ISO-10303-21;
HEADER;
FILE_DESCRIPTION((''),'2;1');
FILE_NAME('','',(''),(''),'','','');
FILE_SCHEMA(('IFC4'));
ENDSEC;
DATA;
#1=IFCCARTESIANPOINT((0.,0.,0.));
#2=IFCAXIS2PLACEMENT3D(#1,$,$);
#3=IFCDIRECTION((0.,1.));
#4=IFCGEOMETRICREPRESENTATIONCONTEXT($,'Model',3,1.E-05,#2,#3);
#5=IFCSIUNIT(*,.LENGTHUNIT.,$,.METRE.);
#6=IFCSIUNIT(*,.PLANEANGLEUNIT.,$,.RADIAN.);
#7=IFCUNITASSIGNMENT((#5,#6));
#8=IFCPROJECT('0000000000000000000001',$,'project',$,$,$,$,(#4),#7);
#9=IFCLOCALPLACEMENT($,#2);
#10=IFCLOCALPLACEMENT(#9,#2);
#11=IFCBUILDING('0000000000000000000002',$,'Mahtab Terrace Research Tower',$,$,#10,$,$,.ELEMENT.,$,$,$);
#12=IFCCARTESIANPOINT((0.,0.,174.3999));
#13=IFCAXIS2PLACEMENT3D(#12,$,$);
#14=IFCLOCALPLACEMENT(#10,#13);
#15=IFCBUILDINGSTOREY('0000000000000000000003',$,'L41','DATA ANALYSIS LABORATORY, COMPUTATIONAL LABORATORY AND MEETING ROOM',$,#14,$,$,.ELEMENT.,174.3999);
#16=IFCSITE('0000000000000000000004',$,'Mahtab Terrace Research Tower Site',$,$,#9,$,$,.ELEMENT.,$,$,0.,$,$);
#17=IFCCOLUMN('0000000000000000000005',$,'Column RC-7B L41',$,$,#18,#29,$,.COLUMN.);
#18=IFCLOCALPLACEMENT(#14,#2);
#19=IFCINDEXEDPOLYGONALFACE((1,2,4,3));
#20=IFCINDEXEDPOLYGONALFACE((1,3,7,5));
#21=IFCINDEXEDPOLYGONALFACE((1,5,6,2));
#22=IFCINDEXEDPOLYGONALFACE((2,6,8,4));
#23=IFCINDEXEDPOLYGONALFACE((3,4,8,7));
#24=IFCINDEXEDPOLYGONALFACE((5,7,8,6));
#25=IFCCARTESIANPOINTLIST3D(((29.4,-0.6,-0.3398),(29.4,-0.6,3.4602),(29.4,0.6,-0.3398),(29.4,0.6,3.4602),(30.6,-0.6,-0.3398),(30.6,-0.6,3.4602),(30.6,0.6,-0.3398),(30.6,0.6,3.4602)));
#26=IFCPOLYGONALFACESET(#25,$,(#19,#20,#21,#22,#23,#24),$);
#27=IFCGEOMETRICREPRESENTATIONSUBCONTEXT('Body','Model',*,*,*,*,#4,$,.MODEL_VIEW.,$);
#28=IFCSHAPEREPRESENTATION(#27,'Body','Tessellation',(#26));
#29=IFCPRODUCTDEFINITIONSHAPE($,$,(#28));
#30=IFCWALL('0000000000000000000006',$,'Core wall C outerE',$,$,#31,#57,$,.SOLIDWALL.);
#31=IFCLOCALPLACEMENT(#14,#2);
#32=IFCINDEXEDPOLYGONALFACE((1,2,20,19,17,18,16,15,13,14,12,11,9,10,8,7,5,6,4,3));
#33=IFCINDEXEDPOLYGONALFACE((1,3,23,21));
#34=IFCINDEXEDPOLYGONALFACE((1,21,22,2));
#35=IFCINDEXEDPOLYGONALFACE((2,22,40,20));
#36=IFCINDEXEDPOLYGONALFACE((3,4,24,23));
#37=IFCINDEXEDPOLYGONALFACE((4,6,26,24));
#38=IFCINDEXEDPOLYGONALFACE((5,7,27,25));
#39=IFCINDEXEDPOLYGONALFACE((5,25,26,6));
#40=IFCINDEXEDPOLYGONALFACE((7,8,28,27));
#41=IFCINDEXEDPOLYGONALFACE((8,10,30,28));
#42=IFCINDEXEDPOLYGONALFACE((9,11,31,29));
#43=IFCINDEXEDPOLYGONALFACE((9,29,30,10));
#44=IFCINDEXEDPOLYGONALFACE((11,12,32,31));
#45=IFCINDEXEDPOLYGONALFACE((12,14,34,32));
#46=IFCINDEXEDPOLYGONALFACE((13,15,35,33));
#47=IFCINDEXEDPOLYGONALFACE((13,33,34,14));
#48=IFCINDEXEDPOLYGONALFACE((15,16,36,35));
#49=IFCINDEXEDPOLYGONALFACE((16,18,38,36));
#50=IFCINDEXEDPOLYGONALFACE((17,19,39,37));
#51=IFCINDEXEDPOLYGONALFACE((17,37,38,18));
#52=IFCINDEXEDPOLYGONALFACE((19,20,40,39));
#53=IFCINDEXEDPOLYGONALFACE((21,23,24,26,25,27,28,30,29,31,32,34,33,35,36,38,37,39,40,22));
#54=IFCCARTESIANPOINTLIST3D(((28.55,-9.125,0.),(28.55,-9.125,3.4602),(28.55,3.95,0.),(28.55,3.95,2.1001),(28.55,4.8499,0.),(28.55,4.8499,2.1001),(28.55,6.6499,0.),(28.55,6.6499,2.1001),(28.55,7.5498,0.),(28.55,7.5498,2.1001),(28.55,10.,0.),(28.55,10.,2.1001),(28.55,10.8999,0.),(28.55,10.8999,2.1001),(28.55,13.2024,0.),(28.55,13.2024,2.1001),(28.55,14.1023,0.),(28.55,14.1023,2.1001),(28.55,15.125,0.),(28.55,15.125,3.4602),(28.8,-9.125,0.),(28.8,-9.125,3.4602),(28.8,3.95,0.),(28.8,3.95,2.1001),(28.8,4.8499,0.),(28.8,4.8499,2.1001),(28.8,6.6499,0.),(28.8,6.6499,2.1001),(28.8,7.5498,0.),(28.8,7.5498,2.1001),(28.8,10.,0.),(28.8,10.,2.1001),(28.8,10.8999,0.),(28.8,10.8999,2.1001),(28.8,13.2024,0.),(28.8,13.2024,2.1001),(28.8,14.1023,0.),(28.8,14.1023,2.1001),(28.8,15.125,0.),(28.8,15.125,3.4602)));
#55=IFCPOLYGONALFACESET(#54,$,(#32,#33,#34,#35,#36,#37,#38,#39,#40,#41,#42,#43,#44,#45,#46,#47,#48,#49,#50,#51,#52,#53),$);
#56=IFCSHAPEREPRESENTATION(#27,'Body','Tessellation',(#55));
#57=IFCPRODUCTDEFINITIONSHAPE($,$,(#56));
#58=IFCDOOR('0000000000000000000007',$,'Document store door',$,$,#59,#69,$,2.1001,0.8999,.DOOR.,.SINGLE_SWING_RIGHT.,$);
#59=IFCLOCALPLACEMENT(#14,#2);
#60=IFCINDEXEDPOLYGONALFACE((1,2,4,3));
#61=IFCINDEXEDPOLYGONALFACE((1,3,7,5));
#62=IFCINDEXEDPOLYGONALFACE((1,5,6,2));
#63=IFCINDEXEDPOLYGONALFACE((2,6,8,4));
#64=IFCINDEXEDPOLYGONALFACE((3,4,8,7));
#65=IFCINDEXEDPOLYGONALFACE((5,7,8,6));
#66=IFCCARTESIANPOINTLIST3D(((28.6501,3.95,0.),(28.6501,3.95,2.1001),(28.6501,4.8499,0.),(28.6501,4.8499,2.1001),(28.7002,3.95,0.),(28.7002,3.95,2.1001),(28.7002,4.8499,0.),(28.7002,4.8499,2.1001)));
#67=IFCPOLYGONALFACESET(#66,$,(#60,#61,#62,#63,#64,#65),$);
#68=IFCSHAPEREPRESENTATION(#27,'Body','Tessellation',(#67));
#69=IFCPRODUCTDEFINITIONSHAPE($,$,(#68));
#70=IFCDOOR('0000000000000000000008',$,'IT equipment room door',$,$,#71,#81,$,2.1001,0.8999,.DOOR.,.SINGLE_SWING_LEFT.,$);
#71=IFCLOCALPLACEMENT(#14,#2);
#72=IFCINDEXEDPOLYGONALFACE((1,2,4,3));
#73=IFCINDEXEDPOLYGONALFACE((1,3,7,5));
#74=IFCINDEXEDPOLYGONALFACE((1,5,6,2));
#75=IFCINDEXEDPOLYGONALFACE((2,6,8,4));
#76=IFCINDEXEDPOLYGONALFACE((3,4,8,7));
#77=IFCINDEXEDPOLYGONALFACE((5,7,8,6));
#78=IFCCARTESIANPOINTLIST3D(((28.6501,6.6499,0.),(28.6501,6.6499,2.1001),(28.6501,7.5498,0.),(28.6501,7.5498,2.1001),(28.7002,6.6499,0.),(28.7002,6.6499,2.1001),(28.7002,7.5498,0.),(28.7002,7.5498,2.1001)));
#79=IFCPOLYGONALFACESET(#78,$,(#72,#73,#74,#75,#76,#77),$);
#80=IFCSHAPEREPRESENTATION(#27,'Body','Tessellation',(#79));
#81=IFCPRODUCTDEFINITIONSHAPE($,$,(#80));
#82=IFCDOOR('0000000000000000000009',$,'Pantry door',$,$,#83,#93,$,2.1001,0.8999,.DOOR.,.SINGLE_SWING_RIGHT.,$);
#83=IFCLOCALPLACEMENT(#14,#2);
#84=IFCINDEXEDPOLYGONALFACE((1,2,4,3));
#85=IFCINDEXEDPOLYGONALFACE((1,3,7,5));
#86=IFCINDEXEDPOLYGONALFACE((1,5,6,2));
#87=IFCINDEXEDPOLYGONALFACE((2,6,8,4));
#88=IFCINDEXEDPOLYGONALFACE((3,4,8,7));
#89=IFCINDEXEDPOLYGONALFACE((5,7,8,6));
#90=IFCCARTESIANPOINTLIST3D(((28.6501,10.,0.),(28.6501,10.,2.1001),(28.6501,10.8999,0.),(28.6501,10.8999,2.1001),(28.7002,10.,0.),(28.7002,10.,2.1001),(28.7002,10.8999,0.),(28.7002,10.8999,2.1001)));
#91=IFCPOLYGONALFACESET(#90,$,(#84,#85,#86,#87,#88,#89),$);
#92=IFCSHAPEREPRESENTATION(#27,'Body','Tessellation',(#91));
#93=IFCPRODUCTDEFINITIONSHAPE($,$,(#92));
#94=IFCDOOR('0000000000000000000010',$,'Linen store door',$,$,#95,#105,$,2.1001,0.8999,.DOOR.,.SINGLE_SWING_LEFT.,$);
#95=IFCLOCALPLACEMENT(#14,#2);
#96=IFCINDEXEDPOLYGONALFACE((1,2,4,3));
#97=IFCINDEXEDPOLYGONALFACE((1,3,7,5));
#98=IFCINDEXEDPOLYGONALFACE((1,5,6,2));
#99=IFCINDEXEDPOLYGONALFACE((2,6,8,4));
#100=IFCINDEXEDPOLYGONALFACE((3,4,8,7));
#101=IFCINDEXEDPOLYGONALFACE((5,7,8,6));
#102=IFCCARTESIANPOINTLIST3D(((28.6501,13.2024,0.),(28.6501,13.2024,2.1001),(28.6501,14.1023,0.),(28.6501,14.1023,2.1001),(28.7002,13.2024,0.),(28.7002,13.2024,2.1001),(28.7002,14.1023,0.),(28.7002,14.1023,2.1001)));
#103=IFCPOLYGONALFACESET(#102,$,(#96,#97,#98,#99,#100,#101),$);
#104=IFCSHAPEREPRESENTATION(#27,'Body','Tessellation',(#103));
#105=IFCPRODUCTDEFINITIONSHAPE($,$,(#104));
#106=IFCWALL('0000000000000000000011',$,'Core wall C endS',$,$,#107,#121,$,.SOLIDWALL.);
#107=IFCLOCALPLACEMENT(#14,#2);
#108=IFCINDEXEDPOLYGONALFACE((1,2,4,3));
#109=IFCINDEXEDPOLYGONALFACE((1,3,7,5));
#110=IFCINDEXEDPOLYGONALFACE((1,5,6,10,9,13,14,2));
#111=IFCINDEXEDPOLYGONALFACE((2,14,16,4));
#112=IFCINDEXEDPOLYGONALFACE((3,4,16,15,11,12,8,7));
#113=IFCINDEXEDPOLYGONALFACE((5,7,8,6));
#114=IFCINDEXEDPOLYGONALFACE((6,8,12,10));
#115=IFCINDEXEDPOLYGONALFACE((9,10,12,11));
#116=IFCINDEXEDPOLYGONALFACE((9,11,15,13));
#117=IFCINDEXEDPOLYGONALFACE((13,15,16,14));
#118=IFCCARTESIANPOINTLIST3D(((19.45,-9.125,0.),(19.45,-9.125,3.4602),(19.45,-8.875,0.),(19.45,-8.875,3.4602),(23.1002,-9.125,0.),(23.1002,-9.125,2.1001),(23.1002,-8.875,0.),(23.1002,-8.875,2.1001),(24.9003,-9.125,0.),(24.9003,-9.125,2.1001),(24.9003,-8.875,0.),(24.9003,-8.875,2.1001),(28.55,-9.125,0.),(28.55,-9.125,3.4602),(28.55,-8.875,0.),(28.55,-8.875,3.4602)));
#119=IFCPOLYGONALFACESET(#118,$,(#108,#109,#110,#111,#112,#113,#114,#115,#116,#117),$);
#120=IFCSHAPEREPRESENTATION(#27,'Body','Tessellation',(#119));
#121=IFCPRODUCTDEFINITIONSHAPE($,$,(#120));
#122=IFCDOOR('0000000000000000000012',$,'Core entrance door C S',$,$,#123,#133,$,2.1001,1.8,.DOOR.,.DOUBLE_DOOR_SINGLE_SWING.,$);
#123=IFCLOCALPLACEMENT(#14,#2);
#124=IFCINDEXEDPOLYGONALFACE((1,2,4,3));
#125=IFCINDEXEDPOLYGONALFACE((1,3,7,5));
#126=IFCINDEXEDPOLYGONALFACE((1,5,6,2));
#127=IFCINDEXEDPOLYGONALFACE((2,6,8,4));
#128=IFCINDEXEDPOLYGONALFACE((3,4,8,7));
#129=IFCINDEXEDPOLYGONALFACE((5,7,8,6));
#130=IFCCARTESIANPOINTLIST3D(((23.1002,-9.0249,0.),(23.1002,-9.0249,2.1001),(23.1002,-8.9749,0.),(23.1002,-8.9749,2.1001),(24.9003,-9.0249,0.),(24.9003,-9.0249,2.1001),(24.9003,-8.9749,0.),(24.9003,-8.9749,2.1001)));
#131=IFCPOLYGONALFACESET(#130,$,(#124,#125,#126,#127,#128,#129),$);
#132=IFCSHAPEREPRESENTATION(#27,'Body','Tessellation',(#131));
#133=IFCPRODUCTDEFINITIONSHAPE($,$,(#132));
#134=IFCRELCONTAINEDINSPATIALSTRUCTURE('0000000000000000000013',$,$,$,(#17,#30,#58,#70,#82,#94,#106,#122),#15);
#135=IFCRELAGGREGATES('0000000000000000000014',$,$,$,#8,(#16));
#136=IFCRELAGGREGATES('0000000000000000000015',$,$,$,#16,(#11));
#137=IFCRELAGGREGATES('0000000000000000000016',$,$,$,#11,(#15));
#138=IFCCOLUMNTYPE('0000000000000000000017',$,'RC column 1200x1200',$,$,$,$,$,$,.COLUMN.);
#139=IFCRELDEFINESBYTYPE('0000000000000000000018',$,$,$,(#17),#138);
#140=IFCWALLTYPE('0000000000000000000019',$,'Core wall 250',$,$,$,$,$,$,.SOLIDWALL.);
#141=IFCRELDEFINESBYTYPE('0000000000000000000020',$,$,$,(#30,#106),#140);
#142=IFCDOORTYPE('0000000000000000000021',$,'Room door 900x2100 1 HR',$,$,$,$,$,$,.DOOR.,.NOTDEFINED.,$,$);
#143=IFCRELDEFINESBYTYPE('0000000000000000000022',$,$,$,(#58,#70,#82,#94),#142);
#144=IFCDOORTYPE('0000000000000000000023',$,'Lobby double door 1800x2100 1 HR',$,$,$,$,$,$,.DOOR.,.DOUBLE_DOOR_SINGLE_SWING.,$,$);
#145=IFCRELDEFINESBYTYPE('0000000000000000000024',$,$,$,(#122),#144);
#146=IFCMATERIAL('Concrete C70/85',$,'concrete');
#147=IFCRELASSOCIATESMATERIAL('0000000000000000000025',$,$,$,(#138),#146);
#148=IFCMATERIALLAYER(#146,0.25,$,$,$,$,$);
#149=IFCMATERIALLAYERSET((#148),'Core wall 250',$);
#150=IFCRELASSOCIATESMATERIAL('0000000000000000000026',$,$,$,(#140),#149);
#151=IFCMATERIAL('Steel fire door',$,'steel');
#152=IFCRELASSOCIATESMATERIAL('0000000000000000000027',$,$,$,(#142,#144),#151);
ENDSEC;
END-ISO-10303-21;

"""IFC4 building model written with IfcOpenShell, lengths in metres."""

from ifc_helpers import new_model, si_unit, direction, frame, frame_2d, origin, origin_2d, place, context, subcontext, project, spatial, rectangle, extrude, material, layer, layer_set, material_profile, profile_set, type_object, element, fill, save


model = new_model("IFC4")

# Units and contexts
model_context = context("Model", 3, precision=1e-05, world=origin(), true_north=direction((0.0, 1.0)))
body_context = subcontext(model_context, "Body", "Model", "MODEL_VIEW")
ifc_project = project(units=[si_unit("LENGTHUNIT", "METRE"), si_unit("PLANEANGLEUNIT", "RADIAN")], contexts=[model_context])

# Site, building, storey
site_placement = place(None, origin())
site = spatial("IfcSite", under=ifc_project, at=site_placement, Name="Mahtab Terrace Research Tower Site", CompositionType="ELEMENT", RefElevation=0.0)
building_placement = place(site_placement, origin())
building = spatial("IfcBuilding", under=site, at=building_placement, Name="Mahtab Terrace Research Tower", CompositionType="ELEMENT")
storey_placement = place(building_placement, frame((0.0, 0.0, 174.3999)))
storey = spatial("IfcBuildingStorey", under=building, at=storey_placement, Name="L41", Description="DATA ANALYSIS LABORATORY, COMPUTATIONAL LABORATORY AND MEETING ROOM", CompositionType="ELEMENT", Elevation=174.3999)

# Column
ifc_material_1 = material(Name="Concrete C70/85", Category="concrete")
ifc_material_profile = material_profile(ifc_material_1, rectangle(XDim=1.2, YDim=1.2, at=origin_2d()), Name="RC column 1200x1200")
ifc_profile_set = profile_set([ifc_material_profile], Name="Concrete C70/85")
column_type = type_object("IfcColumnType", Name="RC column 1200x1200", PredefinedType="COLUMN", material=ifc_profile_set)
column_placement = place(storey_placement, frame((30.0, 0.0, -0.3398), z_axis=(0.0, 0.0, 1.0), x_axis=(1.0, 0.0, 0.0)))
element("IfcColumn", 1, at=column_placement, inside=storey, type_object=column_type, Name="Column RC-7B L41", PredefinedType="COLUMN", context=body_context, shape_type="SweptSolid", body=[
    extrude(rectangle(XDim=1.2, YDim=1.2, at=origin_2d()), origin(), (0.0, 0.0, 1.0), 3.8),
])

# Wall, openings, doors
ifc_layer_1 = layer(ifc_material_1, 0.25)
ifc_layer_set_1 = layer_set([ifc_layer_1], Name="Core wall 250")
wall_type_1 = type_object("IfcWallType", Name="Core wall 250", PredefinedType="SOLIDWALL", material=ifc_layer_set_1)
wall_1_placement = place(storey_placement, frame((28.675, -9.125, 0.0), z_axis=(0.0, 0.0, 1.0), x_axis=(0.0, 1.0, 0.0)))
wall_1 = element("IfcWall", 2, at=wall_1_placement, inside=storey, type_object=wall_type_1, Name="Core wall C outerE", PredefinedType="SOLIDWALL", context=body_context, shape_type="SweptSolid", body=[
    extrude(rectangle(XDim=24.25, YDim=0.25, at=frame_2d((12.125, 0.0))), origin(), (0.0, 0.0, 1.0), 3.4602),
])
opening_1_placement = place(wall_1_placement, frame((13.075, 0.0, 0.0)))
opening_1 = element("IfcOpeningElement", 3, at=opening_1_placement, cuts=wall_1, PredefinedType="OPENING", context=body_context, shape_type="SweptSolid", body=[
    extrude(rectangle(XDim=0.8999, YDim=2.1001, at=frame_2d((0.45, 1.05))), frame((0.0, 0.135, 0.0), z_axis=(0.0, -1.0, 0.0), x_axis=(1.0, 0.0, 0.0)), (0.0, 0.0, 1.0), 0.27),
])
opening_2_placement = place(wall_1_placement, frame((15.7749, 0.0, 0.0)))
opening_2 = element("IfcOpeningElement", 4, at=opening_2_placement, cuts=wall_1, PredefinedType="OPENING", context=body_context, shape_type="SweptSolid", body=[
    extrude(rectangle(XDim=0.8999, YDim=2.1001, at=frame_2d((0.45, 1.05))), frame((0.0, 0.135, 0.0), z_axis=(0.0, -1.0, 0.0), x_axis=(1.0, 0.0, 0.0)), (0.0, 0.0, 1.0), 0.27),
])
opening_3_placement = place(wall_1_placement, frame((19.125, 0.0, 0.0)))
opening_3 = element("IfcOpeningElement", 5, at=opening_3_placement, cuts=wall_1, PredefinedType="OPENING", context=body_context, shape_type="SweptSolid", body=[
    extrude(rectangle(XDim=0.8999, YDim=2.1001, at=frame_2d((0.45, 1.05))), frame((0.0, 0.135, 0.0), z_axis=(0.0, -1.0, 0.0), x_axis=(1.0, 0.0, 0.0)), (0.0, 0.0, 1.0), 0.27),
])
opening_4_placement = place(wall_1_placement, frame((22.3274, 0.0, 0.0)))
opening_4 = element("IfcOpeningElement", 6, at=opening_4_placement, cuts=wall_1, PredefinedType="OPENING", context=body_context, shape_type="SweptSolid", body=[
    extrude(rectangle(XDim=0.8999, YDim=2.1001, at=frame_2d((0.45, 1.05))), frame((0.0, 0.135, 0.0), z_axis=(0.0, -1.0, 0.0), x_axis=(1.0, 0.0, 0.0)), (0.0, 0.0, 1.0), 0.27),
])
ifc_material_2 = material(Name="Steel fire door", Category="steel")
door_type_1 = type_object("IfcDoorType", Name="Room door 900x2100 1 HR", OperationType="NOTDEFINED", PredefinedType="DOOR", material=ifc_material_2)
door_1_placement = place(opening_1_placement, origin())
door_1 = element("IfcDoor", 7, at=door_1_placement, inside=storey, type_object=door_type_1, Name="Document store door", OperationType="SINGLE_SWING_RIGHT", OverallHeight=2.1001, OverallWidth=0.8999, PredefinedType="DOOR", context=body_context, shape_type="SweptSolid", body=[
    extrude(rectangle(XDim=0.8999, YDim=2.1001, at=frame_2d((0.45, 1.05))), frame((0.0, 0.0249, 0.0), z_axis=(0.0, -1.0, 0.0), x_axis=(1.0, 0.0, 0.0)), (0.0, 0.0, 1.0), 0.05),
])
fill(opening_1, door_1)
door_2_placement = place(opening_2_placement, origin())
door_2 = element("IfcDoor", 8, at=door_2_placement, inside=storey, type_object=door_type_1, Name="IT equipment room door", OperationType="SINGLE_SWING_LEFT", OverallHeight=2.1001, OverallWidth=0.8999, PredefinedType="DOOR", context=body_context, shape_type="SweptSolid", body=[
    extrude(rectangle(XDim=0.8999, YDim=2.1001, at=frame_2d((0.45, 1.05))), frame((0.0, 0.0249, 0.0), z_axis=(0.0, -1.0, 0.0), x_axis=(1.0, 0.0, 0.0)), (0.0, 0.0, 1.0), 0.05),
])
fill(opening_2, door_2)
door_3_placement = place(opening_3_placement, origin())
door_3 = element("IfcDoor", 9, at=door_3_placement, inside=storey, type_object=door_type_1, Name="Pantry door", OperationType="SINGLE_SWING_RIGHT", OverallHeight=2.1001, OverallWidth=0.8999, PredefinedType="DOOR", context=body_context, shape_type="SweptSolid", body=[
    extrude(rectangle(XDim=0.8999, YDim=2.1001, at=frame_2d((0.45, 1.05))), frame((0.0, 0.0249, 0.0), z_axis=(0.0, -1.0, 0.0), x_axis=(1.0, 0.0, 0.0)), (0.0, 0.0, 1.0), 0.05),
])
fill(opening_3, door_3)
door_4_placement = place(opening_4_placement, origin())
door_4 = element("IfcDoor", 10, at=door_4_placement, inside=storey, type_object=door_type_1, Name="Linen store door", OperationType="SINGLE_SWING_LEFT", OverallHeight=2.1001, OverallWidth=0.8999, PredefinedType="DOOR", context=body_context, shape_type="SweptSolid", body=[
    extrude(rectangle(XDim=0.8999, YDim=2.1001, at=frame_2d((0.45, 1.05))), frame((0.0, 0.0249, 0.0), z_axis=(0.0, -1.0, 0.0), x_axis=(1.0, 0.0, 0.0)), (0.0, 0.0, 1.0), 0.05),
])
fill(opening_4, door_4)

# Wall, opening, door
wall_2_placement = place(storey_placement, frame((28.55, -9.0, 0.0), z_axis=(0.0, 0.0, 1.0), x_axis=(-1.0, 0.0, 0.0)))
wall_2 = element("IfcWall", 11, at=wall_2_placement, inside=storey, type_object=wall_type_1, Name="Core wall C endS", PredefinedType="SOLIDWALL", context=body_context, shape_type="SweptSolid", body=[
    extrude(rectangle(XDim=9.1001, YDim=0.25, at=frame_2d((4.55, 0.0))), origin(), (0.0, 0.0, 1.0), 3.4602),
])
opening_5_placement = place(wall_2_placement, frame((3.6499, 0.0, 0.0)))
opening_5 = element("IfcOpeningElement", 12, at=opening_5_placement, cuts=wall_2, PredefinedType="OPENING", context=body_context, shape_type="SweptSolid", body=[
    extrude(rectangle(XDim=1.8, YDim=2.1001, at=frame_2d((0.8999, 1.05))), frame((0.0, 0.135, 0.0), z_axis=(0.0, -1.0, 0.0), x_axis=(1.0, 0.0, 0.0)), (0.0, 0.0, 1.0), 0.27),
])
door_type_2 = type_object("IfcDoorType", Name="Lobby double door 1800x2100 1 HR", OperationType="DOUBLE_DOOR_SINGLE_SWING", PredefinedType="DOOR", material=ifc_material_2)
door_5_placement = place(opening_5_placement, origin())
door_5 = element("IfcDoor", 13, at=door_5_placement, inside=storey, type_object=door_type_2, Name="Core entrance door C S", OperationType="DOUBLE_DOOR_SINGLE_SWING", OverallHeight=2.1001, OverallWidth=1.8, PredefinedType="DOOR", context=body_context, shape_type="SweptSolid", body=[
    extrude(rectangle(XDim=1.8, YDim=2.1001, at=frame_2d((0.8999, 1.05))), frame((0.0, 0.0249, 0.0), z_axis=(0.0, -1.0, 0.0), x_axis=(1.0, 0.0, 0.0)), (0.0, 0.0, 1.0), 0.05),
])
fill(opening_5, door_5)

save(model, "model.ifc")
